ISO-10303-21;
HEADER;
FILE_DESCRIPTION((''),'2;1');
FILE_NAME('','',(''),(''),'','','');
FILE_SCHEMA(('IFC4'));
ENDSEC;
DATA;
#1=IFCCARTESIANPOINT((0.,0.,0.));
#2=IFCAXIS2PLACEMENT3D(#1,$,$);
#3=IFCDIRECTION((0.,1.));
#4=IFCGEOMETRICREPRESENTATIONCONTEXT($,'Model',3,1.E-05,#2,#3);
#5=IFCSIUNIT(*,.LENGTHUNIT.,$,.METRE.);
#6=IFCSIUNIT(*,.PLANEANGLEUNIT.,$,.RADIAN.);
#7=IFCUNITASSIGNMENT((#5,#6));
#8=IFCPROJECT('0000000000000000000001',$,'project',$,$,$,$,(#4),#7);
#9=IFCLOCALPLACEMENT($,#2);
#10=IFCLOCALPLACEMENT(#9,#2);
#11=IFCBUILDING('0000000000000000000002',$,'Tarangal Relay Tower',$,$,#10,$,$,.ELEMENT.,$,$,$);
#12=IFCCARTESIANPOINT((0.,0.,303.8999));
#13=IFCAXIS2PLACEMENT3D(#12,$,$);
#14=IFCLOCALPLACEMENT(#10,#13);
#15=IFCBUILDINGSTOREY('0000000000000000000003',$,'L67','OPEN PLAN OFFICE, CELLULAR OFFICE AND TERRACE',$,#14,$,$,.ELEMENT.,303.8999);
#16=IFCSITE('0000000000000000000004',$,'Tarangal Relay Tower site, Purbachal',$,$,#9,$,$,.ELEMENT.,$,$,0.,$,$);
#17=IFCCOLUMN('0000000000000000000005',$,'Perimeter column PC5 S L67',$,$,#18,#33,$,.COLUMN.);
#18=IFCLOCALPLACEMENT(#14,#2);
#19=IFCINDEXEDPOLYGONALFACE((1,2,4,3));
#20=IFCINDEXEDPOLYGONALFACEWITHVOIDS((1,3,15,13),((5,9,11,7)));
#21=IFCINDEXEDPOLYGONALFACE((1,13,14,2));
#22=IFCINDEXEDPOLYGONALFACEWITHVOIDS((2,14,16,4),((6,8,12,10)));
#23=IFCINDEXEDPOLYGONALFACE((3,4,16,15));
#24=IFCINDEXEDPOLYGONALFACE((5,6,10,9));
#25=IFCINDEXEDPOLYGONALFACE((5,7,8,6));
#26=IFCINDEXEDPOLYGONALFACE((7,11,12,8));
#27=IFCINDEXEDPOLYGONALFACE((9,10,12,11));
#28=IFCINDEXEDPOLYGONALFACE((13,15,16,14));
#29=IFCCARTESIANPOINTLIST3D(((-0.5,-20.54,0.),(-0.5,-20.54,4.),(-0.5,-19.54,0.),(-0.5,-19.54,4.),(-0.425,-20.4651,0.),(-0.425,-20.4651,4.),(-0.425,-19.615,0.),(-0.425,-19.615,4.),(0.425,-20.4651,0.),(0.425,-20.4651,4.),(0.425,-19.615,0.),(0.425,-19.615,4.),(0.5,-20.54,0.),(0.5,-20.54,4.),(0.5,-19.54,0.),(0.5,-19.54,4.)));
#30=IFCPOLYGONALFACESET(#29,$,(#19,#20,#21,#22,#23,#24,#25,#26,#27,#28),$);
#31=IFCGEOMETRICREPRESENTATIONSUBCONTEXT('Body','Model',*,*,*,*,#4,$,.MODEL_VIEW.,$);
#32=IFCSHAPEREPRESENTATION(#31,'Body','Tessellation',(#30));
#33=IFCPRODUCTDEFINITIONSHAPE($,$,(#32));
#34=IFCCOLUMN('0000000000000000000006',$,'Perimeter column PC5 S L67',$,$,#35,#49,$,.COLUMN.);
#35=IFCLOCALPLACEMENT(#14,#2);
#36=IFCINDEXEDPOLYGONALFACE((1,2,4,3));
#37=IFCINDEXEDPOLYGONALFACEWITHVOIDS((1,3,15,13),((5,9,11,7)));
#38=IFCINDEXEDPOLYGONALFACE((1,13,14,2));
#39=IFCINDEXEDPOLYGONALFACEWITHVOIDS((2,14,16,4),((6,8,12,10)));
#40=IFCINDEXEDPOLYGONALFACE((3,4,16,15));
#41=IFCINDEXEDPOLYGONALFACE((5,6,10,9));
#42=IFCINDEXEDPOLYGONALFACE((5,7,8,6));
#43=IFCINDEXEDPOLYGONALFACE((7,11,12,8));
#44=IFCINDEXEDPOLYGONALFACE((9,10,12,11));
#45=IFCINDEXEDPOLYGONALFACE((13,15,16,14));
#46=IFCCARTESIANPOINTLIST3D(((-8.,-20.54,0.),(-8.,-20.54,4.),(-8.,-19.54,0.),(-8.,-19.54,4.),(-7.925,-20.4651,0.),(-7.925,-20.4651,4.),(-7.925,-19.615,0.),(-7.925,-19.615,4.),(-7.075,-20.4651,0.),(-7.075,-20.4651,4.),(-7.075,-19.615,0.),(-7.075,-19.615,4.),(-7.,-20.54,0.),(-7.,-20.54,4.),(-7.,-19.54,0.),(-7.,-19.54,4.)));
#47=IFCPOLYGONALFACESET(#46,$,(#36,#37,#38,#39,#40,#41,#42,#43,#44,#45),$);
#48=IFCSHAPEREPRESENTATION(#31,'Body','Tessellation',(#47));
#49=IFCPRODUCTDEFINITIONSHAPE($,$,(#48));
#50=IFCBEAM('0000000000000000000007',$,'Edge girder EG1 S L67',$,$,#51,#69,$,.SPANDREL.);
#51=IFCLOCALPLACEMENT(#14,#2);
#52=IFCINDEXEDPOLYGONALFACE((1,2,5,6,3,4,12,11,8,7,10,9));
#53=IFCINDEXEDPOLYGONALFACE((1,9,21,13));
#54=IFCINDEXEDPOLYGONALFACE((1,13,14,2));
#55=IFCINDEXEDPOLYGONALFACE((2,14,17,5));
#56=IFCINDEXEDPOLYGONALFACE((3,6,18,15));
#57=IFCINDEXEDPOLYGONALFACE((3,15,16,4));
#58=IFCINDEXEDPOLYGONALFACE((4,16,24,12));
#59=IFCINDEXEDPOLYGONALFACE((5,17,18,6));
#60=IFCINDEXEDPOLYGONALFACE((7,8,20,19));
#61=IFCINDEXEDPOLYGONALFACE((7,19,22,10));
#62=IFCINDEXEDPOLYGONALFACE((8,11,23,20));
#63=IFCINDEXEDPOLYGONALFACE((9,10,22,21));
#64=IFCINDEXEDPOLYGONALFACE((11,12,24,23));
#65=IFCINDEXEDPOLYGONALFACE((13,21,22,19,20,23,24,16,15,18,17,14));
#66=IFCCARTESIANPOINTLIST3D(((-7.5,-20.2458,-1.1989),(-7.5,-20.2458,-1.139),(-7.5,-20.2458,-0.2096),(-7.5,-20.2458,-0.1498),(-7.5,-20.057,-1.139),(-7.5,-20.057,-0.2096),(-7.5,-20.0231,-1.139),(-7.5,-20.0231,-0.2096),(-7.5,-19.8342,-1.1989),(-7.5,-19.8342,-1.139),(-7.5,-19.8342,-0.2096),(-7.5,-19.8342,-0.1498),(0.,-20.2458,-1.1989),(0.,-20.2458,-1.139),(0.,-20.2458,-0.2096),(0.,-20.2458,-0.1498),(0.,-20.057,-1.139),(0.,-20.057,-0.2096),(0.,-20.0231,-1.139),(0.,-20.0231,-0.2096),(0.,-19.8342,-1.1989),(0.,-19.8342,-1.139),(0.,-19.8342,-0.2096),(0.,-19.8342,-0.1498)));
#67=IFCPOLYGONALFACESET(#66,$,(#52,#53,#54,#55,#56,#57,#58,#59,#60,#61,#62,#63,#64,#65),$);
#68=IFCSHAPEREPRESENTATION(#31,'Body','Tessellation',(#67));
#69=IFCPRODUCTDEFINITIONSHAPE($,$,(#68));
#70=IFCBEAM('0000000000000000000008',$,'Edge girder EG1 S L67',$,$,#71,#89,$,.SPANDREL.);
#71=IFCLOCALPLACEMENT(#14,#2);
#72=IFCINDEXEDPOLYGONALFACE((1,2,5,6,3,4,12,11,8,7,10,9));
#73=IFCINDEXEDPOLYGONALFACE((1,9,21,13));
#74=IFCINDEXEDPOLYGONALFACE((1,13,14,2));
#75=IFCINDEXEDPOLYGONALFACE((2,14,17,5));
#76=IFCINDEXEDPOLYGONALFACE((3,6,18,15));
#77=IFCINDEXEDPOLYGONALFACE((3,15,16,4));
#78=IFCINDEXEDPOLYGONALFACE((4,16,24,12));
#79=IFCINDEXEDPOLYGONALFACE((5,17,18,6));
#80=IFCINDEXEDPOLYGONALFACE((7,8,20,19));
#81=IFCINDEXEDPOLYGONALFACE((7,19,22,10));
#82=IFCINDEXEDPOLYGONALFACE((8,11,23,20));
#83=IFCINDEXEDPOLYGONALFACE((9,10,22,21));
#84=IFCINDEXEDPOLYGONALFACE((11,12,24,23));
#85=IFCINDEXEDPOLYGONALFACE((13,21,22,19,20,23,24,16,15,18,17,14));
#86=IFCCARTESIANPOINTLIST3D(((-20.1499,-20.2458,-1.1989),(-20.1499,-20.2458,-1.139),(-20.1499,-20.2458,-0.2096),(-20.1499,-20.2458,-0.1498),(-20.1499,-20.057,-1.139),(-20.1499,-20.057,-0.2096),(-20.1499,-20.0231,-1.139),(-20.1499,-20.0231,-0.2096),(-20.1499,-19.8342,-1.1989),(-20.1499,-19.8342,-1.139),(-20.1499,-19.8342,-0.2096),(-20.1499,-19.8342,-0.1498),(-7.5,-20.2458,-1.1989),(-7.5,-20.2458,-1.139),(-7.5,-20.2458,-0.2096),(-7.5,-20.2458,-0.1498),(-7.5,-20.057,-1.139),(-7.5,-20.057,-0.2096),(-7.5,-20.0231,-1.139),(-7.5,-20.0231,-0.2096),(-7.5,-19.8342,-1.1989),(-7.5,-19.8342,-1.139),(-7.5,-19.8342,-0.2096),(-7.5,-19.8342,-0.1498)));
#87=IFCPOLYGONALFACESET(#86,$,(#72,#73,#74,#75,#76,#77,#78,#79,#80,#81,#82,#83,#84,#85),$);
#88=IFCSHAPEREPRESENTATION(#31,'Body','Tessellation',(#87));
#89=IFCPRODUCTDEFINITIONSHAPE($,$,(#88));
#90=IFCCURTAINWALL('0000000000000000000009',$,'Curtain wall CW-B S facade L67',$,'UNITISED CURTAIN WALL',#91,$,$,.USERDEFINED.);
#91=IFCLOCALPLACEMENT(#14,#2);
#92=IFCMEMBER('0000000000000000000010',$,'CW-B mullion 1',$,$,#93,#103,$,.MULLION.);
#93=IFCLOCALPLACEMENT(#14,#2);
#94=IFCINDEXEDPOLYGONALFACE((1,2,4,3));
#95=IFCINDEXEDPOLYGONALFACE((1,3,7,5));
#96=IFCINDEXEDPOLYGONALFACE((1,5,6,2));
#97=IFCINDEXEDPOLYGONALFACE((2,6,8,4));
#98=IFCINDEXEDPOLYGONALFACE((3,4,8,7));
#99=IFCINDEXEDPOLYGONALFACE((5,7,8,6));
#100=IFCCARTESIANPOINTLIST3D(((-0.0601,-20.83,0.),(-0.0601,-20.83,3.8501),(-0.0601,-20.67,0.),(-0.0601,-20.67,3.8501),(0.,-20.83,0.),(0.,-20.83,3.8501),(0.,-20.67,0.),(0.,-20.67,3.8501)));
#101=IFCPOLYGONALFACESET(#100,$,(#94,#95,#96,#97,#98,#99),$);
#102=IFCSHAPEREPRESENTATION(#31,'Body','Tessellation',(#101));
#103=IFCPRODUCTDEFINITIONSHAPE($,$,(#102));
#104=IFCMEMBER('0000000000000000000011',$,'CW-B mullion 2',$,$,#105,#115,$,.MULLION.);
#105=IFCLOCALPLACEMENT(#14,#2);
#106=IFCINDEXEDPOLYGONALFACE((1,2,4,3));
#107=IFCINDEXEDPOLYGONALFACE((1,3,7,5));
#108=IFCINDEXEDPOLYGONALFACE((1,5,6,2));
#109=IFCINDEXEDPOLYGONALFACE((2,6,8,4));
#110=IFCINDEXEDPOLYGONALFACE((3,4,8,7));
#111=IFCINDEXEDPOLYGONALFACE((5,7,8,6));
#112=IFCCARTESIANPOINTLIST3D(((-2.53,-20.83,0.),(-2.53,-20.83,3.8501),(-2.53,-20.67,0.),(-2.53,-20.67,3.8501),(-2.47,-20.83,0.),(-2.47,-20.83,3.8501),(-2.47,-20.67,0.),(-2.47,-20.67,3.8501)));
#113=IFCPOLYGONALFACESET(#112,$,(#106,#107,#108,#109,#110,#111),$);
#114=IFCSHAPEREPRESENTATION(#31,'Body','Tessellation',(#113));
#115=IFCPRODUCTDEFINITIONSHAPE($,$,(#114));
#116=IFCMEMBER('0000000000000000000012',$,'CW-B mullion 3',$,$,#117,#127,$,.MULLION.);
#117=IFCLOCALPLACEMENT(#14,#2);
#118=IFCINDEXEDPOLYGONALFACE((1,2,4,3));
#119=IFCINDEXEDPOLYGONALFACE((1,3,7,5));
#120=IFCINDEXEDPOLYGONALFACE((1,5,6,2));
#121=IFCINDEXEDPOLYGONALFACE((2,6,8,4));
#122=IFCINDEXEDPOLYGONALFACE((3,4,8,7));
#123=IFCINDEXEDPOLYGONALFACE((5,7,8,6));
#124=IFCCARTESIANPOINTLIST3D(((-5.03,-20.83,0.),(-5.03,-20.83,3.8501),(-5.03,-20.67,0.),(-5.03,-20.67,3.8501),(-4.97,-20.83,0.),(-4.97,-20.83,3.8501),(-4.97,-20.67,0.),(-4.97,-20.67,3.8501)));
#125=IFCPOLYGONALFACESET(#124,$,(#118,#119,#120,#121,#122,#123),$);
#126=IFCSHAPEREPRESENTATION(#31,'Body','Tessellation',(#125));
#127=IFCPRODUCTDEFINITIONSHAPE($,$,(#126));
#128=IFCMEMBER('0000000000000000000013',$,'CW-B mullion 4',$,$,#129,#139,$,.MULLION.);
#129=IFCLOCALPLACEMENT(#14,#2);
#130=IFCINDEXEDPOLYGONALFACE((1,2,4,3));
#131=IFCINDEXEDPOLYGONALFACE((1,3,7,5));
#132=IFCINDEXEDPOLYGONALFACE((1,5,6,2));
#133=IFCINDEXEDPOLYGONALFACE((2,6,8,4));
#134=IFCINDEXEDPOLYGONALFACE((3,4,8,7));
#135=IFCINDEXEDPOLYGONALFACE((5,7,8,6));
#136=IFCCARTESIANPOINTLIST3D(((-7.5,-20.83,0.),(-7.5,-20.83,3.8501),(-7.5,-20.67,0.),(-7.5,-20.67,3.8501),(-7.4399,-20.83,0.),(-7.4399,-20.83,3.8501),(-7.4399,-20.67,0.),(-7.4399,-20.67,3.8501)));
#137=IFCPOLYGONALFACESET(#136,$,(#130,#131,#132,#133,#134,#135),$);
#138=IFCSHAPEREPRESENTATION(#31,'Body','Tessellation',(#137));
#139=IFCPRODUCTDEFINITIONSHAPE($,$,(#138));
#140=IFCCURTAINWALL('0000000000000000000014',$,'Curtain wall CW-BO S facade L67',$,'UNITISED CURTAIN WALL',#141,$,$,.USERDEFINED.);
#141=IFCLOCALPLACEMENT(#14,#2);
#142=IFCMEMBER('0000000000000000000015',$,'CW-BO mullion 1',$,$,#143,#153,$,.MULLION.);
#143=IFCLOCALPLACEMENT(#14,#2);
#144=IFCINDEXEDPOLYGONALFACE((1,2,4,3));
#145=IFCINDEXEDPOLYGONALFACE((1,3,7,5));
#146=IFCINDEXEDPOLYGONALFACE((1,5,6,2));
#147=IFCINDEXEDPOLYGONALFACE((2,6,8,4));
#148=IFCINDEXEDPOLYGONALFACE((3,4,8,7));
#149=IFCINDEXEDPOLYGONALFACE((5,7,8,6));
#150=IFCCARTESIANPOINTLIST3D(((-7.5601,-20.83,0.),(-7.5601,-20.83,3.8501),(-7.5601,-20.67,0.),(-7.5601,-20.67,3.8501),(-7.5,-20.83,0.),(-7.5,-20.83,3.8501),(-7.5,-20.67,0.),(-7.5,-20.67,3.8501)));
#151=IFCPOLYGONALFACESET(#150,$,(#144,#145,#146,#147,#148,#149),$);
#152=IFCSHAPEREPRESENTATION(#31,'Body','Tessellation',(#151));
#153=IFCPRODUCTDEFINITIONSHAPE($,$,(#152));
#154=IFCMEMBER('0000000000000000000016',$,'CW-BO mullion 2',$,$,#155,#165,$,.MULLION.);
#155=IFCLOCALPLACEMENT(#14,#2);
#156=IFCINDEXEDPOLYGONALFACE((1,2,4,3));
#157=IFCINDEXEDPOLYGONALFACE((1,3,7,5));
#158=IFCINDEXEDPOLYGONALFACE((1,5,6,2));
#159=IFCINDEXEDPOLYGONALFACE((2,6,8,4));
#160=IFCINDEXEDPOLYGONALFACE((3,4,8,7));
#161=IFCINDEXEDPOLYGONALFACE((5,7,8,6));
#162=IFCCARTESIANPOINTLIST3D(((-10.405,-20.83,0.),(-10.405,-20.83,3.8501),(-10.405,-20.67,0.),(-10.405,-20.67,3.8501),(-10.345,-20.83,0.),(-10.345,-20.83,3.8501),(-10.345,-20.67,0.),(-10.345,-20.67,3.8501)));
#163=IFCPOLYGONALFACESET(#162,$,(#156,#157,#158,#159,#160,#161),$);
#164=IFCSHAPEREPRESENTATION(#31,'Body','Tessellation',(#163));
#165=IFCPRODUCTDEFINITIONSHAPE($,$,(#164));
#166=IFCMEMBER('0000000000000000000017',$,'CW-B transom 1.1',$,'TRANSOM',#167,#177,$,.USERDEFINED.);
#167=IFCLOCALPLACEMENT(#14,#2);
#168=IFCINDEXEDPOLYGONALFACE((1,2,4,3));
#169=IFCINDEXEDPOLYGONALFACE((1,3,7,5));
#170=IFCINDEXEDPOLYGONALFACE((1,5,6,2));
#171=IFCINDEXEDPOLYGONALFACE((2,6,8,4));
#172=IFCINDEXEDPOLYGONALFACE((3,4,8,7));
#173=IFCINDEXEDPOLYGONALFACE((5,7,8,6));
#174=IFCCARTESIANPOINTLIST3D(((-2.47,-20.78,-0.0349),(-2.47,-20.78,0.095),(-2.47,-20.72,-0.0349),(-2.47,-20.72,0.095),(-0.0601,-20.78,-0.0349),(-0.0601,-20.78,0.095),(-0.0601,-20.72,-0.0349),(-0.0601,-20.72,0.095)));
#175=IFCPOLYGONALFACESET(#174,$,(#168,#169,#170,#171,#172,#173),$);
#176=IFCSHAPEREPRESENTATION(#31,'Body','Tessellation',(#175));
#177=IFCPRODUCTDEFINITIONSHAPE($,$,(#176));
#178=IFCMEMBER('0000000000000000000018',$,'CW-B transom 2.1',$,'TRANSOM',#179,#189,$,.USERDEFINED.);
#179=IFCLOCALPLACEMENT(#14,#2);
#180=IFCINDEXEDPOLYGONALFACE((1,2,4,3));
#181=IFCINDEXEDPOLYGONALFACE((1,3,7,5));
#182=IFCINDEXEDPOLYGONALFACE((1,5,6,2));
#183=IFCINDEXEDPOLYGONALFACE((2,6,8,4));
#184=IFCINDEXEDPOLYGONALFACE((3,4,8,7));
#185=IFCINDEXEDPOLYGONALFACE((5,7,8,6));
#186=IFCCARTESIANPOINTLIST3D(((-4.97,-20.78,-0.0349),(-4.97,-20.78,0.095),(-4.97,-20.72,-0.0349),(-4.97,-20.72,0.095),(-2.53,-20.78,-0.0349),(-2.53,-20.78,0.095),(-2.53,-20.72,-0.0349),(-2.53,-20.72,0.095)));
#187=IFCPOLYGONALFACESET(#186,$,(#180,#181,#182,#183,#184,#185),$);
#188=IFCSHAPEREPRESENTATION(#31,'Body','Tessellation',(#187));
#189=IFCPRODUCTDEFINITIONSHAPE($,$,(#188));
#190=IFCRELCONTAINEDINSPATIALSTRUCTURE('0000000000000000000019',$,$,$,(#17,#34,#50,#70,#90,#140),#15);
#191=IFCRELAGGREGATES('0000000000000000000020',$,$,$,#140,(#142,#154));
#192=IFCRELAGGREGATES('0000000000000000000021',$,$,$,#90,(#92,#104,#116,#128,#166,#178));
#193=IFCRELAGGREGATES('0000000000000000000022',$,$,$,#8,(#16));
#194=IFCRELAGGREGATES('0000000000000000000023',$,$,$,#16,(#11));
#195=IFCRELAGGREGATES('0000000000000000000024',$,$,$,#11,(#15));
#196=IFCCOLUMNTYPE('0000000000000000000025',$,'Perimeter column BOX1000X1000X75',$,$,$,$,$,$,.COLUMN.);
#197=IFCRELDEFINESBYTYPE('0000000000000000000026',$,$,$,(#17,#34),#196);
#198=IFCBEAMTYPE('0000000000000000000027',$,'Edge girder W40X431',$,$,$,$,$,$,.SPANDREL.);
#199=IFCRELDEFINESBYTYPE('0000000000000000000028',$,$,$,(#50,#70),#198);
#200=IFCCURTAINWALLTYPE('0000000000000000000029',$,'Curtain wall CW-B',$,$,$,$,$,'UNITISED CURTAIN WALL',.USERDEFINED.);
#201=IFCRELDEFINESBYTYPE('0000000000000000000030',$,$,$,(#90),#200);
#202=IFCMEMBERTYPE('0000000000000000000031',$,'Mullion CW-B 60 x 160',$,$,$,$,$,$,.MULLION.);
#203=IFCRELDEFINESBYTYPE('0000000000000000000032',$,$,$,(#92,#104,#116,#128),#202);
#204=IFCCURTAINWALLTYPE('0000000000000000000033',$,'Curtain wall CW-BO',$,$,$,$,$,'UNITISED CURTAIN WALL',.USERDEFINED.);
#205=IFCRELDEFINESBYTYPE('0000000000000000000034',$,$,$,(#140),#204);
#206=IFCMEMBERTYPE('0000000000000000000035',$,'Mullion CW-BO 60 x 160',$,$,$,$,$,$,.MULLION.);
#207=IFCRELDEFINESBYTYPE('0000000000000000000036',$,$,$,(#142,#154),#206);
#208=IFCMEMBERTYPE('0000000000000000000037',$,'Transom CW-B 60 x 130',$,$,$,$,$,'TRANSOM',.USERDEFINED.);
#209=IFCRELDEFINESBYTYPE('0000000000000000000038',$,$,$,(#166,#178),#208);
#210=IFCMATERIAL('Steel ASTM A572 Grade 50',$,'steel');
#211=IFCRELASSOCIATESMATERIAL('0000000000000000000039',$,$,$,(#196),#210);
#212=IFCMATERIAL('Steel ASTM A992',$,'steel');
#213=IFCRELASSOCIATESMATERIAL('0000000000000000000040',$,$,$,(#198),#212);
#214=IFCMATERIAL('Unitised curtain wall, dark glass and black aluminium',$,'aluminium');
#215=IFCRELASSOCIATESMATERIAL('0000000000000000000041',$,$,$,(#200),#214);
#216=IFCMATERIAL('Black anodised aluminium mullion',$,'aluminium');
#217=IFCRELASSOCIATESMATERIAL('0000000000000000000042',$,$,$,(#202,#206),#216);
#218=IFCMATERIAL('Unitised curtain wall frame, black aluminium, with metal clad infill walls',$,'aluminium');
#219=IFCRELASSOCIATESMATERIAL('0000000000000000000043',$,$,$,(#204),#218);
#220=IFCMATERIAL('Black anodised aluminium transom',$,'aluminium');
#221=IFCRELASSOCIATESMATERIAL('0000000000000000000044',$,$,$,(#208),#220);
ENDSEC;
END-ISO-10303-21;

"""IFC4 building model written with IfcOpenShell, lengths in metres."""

from ifc_helpers import new_model, si_unit, direction, frame, origin, origin_2d, place, context, subcontext, project, spatial, rectangle, hollow_rectangle, i_section, extrude, material, material_profile, profile_set, type_object, element, aggregate, save


model = new_model("IFC4")

# Units and contexts
model_context = context("Model", 3, precision=1e-05, world=origin(), true_north=direction((0.0, 1.0)))
body_context = subcontext(model_context, "Body", "Model", "MODEL_VIEW")
ifc_project = project(units=[si_unit("LENGTHUNIT", "METRE"), si_unit("PLANEANGLEUNIT", "RADIAN")], contexts=[model_context])

# Site, building, storey
site_placement = place(None, origin())
site = spatial("IfcSite", under=ifc_project, at=site_placement, Name="Tarangal Relay Tower site, Purbachal", CompositionType="ELEMENT", RefElevation=0.0)
building_placement = place(site_placement, origin())
building = spatial("IfcBuilding", under=site, at=building_placement, Name="Tarangal Relay Tower", CompositionType="ELEMENT")
storey_placement = place(building_placement, frame((0.0, 0.0, 303.8999)))
storey = spatial("IfcBuildingStorey", under=building, at=storey_placement, Name="L67", Description="OPEN PLAN OFFICE, CELLULAR OFFICE AND TERRACE", CompositionType="ELEMENT", Elevation=303.8999)

# Columns
ifc_material_1 = material(Name="Steel ASTM A572 Grade 50", Category="steel")
ifc_material_profile_1 = material_profile(ifc_material_1, hollow_rectangle(XDim=1.0, YDim=1.0, WallThickness=0.075, at=origin_2d()), Name="BOX1000X1000X75")
ifc_profile_set_1 = profile_set([ifc_material_profile_1], Name="Steel ASTM A572 Grade 50")
column_type = type_object("IfcColumnType", Name="Perimeter column BOX1000X1000X75", PredefinedType="COLUMN", material=ifc_profile_set_1)
for number, where, z_axis, x_axis, name in (
    (1, (0.0, -20.04, 0.0), (0.0, 0.0, 1.0), (1.0, 0.0, 0.0), "Perimeter column PC5 S L67"),
    (2, (-7.5, -20.04, 0.0), (0.0, 0.0, 1.0), (1.0, 0.0, 0.0), "Perimeter column PC5 S L67"),
):
    element("IfcColumn", number, at=place(storey_placement, frame(where, z_axis=z_axis, x_axis=x_axis)), inside=storey, type_object=column_type, Name=name, PredefinedType="COLUMN", context=body_context, shape_type="SweptSolid", body=[
        extrude(hollow_rectangle(XDim=1.0, YDim=1.0, WallThickness=0.075, at=origin_2d()), origin(), (0.0, 0.0, 1.0), 4.0),
    ])

# Beams
ifc_material_2 = material(Name="Steel ASTM A992", Category="steel")
ifc_material_profile_2 = material_profile(ifc_material_2, i_section(OverallWidth=0.4116, OverallDepth=1.0491, WebThickness=0.0339, FlangeThickness=0.0598, at=origin_2d()), Name="W40X431")
ifc_profile_set_2 = profile_set([ifc_material_profile_2], Name="Steel ASTM A992")
beam_type = type_object("IfcBeamType", Name="Edge girder W40X431", PredefinedType="SPANDREL", material=ifc_profile_set_2)
beam_1_placement = place(storey_placement, frame((0.0, -20.04, -0.6743), z_axis=(-1.0, 0.0, 0.0), x_axis=(0.0, -1.0, 0.0)))
element("IfcBeam", 3, at=beam_1_placement, inside=storey, type_object=beam_type, Name="Edge girder EG1 S L67", PredefinedType="SPANDREL", context=body_context, shape_type="SweptSolid", body=[
    extrude(i_section(OverallWidth=0.4116, OverallDepth=1.0491, WebThickness=0.0339, FlangeThickness=0.0598, at=origin_2d()), origin(), (0.0, 0.0, 1.0), 7.5),
])
beam_2_placement = place(storey_placement, frame((-7.5, -20.04, -0.6743), z_axis=(-1.0, 0.0, 0.0), x_axis=(0.0, -1.0, 0.0)))
element("IfcBeam", 4, at=beam_2_placement, inside=storey, type_object=beam_type, Name="Edge girder EG1 S L67", PredefinedType="SPANDREL", context=body_context, shape_type="SweptSolid", body=[
    extrude(i_section(OverallWidth=0.4116, OverallDepth=1.0491, WebThickness=0.0339, FlangeThickness=0.0598, at=origin_2d()), origin(), (0.0, 0.0, 1.0), 12.6499),
])

# Curtain walls, members
ifc_material_3 = material(Name="Unitised curtain wall, dark glass and black aluminium", Category="aluminium")
curtain_wall_type_1 = type_object("IfcCurtainWallType", Name="Curtain wall CW-B", ElementType="UNITISED CURTAIN WALL", PredefinedType="USERDEFINED", material=ifc_material_3)
curtain_wall_1_placement = place(storey_placement, origin())
curtain_wall_1 = element("IfcCurtainWall", 5, at=curtain_wall_1_placement, inside=storey, type_object=curtain_wall_type_1, Name="Curtain wall CW-B S facade L67", ObjectType="UNITISED CURTAIN WALL", PredefinedType="USERDEFINED")
ifc_material_4 = material(Name="Black anodised aluminium mullion", Category="aluminium")
ifc_material_profile_3 = material_profile(ifc_material_4, rectangle(XDim=0.1599, YDim=0.0601, at=origin_2d()), Name="CW-BM 60X160")
ifc_profile_set_3 = profile_set([ifc_material_profile_3], Name="Black anodised aluminium mullion")
member_type_1 = type_object("IfcMemberType", Name="Mullion CW-B 60 x 160", PredefinedType="MULLION", material=ifc_profile_set_3)
member_1_placement = place(storey_placement, frame((-0.03, -20.75, 0.0), z_axis=(0.0, 0.0, 1.0), x_axis=(0.0, -1.0, 0.0)))
member_1 = element("IfcMember", 6, at=member_1_placement, type_object=member_type_1, Name="CW-B mullion 1", PredefinedType="MULLION", context=body_context, shape_type="SweptSolid", body=[
    extrude(rectangle(XDim=0.1599, YDim=0.0601, at=origin_2d()), origin(), (0.0, 0.0, 1.0), 3.8501),
])
member_2_placement = place(storey_placement, frame((-2.5, -20.75, 0.0), z_axis=(0.0, 0.0, 1.0), x_axis=(0.0, -1.0, 0.0)))
member_2 = element("IfcMember", 7, at=member_2_placement, type_object=member_type_1, Name="CW-B mullion 2", PredefinedType="MULLION", context=body_context, shape_type="SweptSolid", body=[
    extrude(rectangle(XDim=0.1599, YDim=0.0601, at=origin_2d()), origin(), (0.0, 0.0, 1.0), 3.8501),
])
member_3_placement = place(storey_placement, frame((-5.0, -20.75, 0.0), z_axis=(0.0, 0.0, 1.0), x_axis=(0.0, -1.0, 0.0)))
member_3 = element("IfcMember", 8, at=member_3_placement, type_object=member_type_1, Name="CW-B mullion 3", PredefinedType="MULLION", context=body_context, shape_type="SweptSolid", body=[
    extrude(rectangle(XDim=0.1599, YDim=0.0601, at=origin_2d()), origin(), (0.0, 0.0, 1.0), 3.8501),
])
member_4_placement = place(storey_placement, frame((-7.47, -20.75, 0.0), z_axis=(0.0, 0.0, 1.0), x_axis=(0.0, -1.0, 0.0)))
member_4 = element("IfcMember", 9, at=member_4_placement, type_object=member_type_1, Name="CW-B mullion 4", PredefinedType="MULLION", context=body_context, shape_type="SweptSolid", body=[
    extrude(rectangle(XDim=0.1599, YDim=0.0601, at=origin_2d()), origin(), (0.0, 0.0, 1.0), 3.8501),
])
ifc_material_5 = material(Name="Unitised curtain wall frame, black aluminium, with metal clad infill walls", Category="aluminium")
curtain_wall_type_2 = type_object("IfcCurtainWallType", Name="Curtain wall CW-BO", ElementType="UNITISED CURTAIN WALL", PredefinedType="USERDEFINED", material=ifc_material_5)
curtain_wall_2_placement = place(storey_placement, origin())
curtain_wall_2 = element("IfcCurtainWall", 10, at=curtain_wall_2_placement, inside=storey, type_object=curtain_wall_type_2, Name="Curtain wall CW-BO S facade L67", ObjectType="UNITISED CURTAIN WALL", PredefinedType="USERDEFINED")
ifc_material_profile_4 = material_profile(ifc_material_4, rectangle(XDim=0.1599, YDim=0.0601, at=origin_2d()), Name="CW-BOM 60X160")
ifc_profile_set_4 = profile_set([ifc_material_profile_4], Name="Black anodised aluminium mullion")
member_type_2 = type_object("IfcMemberType", Name="Mullion CW-BO 60 x 160", PredefinedType="MULLION", material=ifc_profile_set_4)
member_5_placement = place(storey_placement, frame((-7.53, -20.75, 0.0), z_axis=(0.0, 0.0, 1.0), x_axis=(0.0, -1.0, 0.0)))
member_5 = element("IfcMember", 11, at=member_5_placement, type_object=member_type_2, Name="CW-BO mullion 1", PredefinedType="MULLION", context=body_context, shape_type="SweptSolid", body=[
    extrude(rectangle(XDim=0.1599, YDim=0.0601, at=origin_2d()), origin(), (0.0, 0.0, 1.0), 3.8501),
])
member_6_placement = place(storey_placement, frame((-10.375, -20.75, 0.0), z_axis=(0.0, 0.0, 1.0), x_axis=(0.0, -1.0, 0.0)))
member_6 = element("IfcMember", 12, at=member_6_placement, type_object=member_type_2, Name="CW-BO mullion 2", PredefinedType="MULLION", context=body_context, shape_type="SweptSolid", body=[
    extrude(rectangle(XDim=0.1599, YDim=0.0601, at=origin_2d()), origin(), (0.0, 0.0, 1.0), 3.8501),
])

# Members
ifc_material_6 = material(Name="Black anodised aluminium transom", Category="aluminium")
ifc_material_profile_5 = material_profile(ifc_material_6, rectangle(XDim=0.0601, YDim=0.1299, at=origin_2d()), Name="CW-BT 60X130")
ifc_profile_set_5 = profile_set([ifc_material_profile_5], Name="Black anodised aluminium transom")
member_type_3 = type_object("IfcMemberType", Name="Transom CW-B 60 x 130", ElementType="TRANSOM", PredefinedType="USERDEFINED", material=ifc_profile_set_5)
member_7_placement = place(storey_placement, frame((-0.0601, -20.75, 0.03), z_axis=(-1.0, 0.0, 0.0), x_axis=(0.0, -1.0, 0.0)))
member_7 = element("IfcMember", 13, at=member_7_placement, type_object=member_type_3, Name="CW-B transom 1.1", ObjectType="TRANSOM", PredefinedType="USERDEFINED", context=body_context, shape_type="SweptSolid", body=[
    extrude(rectangle(XDim=0.0601, YDim=0.1299, at=origin_2d()), origin(), (0.0, 0.0, 1.0), 2.4099),
])
member_8_placement = place(storey_placement, frame((-2.53, -20.75, 0.03), z_axis=(-1.0, 0.0, 0.0), x_axis=(0.0, -1.0, 0.0)))
member_8 = element("IfcMember", 14, at=member_8_placement, type_object=member_type_3, Name="CW-B transom 2.1", ObjectType="TRANSOM", PredefinedType="USERDEFINED", context=body_context, shape_type="SweptSolid", body=[
    extrude(rectangle(XDim=0.0601, YDim=0.1299, at=origin_2d()), origin(), (0.0, 0.0, 1.0), 2.4399),
])
aggregate(curtain_wall_2, [member_5, member_6])

aggregate(curtain_wall_1, [member_1, member_2, member_3, member_4, member_7, member_8])

save(model, "model.ifc")
